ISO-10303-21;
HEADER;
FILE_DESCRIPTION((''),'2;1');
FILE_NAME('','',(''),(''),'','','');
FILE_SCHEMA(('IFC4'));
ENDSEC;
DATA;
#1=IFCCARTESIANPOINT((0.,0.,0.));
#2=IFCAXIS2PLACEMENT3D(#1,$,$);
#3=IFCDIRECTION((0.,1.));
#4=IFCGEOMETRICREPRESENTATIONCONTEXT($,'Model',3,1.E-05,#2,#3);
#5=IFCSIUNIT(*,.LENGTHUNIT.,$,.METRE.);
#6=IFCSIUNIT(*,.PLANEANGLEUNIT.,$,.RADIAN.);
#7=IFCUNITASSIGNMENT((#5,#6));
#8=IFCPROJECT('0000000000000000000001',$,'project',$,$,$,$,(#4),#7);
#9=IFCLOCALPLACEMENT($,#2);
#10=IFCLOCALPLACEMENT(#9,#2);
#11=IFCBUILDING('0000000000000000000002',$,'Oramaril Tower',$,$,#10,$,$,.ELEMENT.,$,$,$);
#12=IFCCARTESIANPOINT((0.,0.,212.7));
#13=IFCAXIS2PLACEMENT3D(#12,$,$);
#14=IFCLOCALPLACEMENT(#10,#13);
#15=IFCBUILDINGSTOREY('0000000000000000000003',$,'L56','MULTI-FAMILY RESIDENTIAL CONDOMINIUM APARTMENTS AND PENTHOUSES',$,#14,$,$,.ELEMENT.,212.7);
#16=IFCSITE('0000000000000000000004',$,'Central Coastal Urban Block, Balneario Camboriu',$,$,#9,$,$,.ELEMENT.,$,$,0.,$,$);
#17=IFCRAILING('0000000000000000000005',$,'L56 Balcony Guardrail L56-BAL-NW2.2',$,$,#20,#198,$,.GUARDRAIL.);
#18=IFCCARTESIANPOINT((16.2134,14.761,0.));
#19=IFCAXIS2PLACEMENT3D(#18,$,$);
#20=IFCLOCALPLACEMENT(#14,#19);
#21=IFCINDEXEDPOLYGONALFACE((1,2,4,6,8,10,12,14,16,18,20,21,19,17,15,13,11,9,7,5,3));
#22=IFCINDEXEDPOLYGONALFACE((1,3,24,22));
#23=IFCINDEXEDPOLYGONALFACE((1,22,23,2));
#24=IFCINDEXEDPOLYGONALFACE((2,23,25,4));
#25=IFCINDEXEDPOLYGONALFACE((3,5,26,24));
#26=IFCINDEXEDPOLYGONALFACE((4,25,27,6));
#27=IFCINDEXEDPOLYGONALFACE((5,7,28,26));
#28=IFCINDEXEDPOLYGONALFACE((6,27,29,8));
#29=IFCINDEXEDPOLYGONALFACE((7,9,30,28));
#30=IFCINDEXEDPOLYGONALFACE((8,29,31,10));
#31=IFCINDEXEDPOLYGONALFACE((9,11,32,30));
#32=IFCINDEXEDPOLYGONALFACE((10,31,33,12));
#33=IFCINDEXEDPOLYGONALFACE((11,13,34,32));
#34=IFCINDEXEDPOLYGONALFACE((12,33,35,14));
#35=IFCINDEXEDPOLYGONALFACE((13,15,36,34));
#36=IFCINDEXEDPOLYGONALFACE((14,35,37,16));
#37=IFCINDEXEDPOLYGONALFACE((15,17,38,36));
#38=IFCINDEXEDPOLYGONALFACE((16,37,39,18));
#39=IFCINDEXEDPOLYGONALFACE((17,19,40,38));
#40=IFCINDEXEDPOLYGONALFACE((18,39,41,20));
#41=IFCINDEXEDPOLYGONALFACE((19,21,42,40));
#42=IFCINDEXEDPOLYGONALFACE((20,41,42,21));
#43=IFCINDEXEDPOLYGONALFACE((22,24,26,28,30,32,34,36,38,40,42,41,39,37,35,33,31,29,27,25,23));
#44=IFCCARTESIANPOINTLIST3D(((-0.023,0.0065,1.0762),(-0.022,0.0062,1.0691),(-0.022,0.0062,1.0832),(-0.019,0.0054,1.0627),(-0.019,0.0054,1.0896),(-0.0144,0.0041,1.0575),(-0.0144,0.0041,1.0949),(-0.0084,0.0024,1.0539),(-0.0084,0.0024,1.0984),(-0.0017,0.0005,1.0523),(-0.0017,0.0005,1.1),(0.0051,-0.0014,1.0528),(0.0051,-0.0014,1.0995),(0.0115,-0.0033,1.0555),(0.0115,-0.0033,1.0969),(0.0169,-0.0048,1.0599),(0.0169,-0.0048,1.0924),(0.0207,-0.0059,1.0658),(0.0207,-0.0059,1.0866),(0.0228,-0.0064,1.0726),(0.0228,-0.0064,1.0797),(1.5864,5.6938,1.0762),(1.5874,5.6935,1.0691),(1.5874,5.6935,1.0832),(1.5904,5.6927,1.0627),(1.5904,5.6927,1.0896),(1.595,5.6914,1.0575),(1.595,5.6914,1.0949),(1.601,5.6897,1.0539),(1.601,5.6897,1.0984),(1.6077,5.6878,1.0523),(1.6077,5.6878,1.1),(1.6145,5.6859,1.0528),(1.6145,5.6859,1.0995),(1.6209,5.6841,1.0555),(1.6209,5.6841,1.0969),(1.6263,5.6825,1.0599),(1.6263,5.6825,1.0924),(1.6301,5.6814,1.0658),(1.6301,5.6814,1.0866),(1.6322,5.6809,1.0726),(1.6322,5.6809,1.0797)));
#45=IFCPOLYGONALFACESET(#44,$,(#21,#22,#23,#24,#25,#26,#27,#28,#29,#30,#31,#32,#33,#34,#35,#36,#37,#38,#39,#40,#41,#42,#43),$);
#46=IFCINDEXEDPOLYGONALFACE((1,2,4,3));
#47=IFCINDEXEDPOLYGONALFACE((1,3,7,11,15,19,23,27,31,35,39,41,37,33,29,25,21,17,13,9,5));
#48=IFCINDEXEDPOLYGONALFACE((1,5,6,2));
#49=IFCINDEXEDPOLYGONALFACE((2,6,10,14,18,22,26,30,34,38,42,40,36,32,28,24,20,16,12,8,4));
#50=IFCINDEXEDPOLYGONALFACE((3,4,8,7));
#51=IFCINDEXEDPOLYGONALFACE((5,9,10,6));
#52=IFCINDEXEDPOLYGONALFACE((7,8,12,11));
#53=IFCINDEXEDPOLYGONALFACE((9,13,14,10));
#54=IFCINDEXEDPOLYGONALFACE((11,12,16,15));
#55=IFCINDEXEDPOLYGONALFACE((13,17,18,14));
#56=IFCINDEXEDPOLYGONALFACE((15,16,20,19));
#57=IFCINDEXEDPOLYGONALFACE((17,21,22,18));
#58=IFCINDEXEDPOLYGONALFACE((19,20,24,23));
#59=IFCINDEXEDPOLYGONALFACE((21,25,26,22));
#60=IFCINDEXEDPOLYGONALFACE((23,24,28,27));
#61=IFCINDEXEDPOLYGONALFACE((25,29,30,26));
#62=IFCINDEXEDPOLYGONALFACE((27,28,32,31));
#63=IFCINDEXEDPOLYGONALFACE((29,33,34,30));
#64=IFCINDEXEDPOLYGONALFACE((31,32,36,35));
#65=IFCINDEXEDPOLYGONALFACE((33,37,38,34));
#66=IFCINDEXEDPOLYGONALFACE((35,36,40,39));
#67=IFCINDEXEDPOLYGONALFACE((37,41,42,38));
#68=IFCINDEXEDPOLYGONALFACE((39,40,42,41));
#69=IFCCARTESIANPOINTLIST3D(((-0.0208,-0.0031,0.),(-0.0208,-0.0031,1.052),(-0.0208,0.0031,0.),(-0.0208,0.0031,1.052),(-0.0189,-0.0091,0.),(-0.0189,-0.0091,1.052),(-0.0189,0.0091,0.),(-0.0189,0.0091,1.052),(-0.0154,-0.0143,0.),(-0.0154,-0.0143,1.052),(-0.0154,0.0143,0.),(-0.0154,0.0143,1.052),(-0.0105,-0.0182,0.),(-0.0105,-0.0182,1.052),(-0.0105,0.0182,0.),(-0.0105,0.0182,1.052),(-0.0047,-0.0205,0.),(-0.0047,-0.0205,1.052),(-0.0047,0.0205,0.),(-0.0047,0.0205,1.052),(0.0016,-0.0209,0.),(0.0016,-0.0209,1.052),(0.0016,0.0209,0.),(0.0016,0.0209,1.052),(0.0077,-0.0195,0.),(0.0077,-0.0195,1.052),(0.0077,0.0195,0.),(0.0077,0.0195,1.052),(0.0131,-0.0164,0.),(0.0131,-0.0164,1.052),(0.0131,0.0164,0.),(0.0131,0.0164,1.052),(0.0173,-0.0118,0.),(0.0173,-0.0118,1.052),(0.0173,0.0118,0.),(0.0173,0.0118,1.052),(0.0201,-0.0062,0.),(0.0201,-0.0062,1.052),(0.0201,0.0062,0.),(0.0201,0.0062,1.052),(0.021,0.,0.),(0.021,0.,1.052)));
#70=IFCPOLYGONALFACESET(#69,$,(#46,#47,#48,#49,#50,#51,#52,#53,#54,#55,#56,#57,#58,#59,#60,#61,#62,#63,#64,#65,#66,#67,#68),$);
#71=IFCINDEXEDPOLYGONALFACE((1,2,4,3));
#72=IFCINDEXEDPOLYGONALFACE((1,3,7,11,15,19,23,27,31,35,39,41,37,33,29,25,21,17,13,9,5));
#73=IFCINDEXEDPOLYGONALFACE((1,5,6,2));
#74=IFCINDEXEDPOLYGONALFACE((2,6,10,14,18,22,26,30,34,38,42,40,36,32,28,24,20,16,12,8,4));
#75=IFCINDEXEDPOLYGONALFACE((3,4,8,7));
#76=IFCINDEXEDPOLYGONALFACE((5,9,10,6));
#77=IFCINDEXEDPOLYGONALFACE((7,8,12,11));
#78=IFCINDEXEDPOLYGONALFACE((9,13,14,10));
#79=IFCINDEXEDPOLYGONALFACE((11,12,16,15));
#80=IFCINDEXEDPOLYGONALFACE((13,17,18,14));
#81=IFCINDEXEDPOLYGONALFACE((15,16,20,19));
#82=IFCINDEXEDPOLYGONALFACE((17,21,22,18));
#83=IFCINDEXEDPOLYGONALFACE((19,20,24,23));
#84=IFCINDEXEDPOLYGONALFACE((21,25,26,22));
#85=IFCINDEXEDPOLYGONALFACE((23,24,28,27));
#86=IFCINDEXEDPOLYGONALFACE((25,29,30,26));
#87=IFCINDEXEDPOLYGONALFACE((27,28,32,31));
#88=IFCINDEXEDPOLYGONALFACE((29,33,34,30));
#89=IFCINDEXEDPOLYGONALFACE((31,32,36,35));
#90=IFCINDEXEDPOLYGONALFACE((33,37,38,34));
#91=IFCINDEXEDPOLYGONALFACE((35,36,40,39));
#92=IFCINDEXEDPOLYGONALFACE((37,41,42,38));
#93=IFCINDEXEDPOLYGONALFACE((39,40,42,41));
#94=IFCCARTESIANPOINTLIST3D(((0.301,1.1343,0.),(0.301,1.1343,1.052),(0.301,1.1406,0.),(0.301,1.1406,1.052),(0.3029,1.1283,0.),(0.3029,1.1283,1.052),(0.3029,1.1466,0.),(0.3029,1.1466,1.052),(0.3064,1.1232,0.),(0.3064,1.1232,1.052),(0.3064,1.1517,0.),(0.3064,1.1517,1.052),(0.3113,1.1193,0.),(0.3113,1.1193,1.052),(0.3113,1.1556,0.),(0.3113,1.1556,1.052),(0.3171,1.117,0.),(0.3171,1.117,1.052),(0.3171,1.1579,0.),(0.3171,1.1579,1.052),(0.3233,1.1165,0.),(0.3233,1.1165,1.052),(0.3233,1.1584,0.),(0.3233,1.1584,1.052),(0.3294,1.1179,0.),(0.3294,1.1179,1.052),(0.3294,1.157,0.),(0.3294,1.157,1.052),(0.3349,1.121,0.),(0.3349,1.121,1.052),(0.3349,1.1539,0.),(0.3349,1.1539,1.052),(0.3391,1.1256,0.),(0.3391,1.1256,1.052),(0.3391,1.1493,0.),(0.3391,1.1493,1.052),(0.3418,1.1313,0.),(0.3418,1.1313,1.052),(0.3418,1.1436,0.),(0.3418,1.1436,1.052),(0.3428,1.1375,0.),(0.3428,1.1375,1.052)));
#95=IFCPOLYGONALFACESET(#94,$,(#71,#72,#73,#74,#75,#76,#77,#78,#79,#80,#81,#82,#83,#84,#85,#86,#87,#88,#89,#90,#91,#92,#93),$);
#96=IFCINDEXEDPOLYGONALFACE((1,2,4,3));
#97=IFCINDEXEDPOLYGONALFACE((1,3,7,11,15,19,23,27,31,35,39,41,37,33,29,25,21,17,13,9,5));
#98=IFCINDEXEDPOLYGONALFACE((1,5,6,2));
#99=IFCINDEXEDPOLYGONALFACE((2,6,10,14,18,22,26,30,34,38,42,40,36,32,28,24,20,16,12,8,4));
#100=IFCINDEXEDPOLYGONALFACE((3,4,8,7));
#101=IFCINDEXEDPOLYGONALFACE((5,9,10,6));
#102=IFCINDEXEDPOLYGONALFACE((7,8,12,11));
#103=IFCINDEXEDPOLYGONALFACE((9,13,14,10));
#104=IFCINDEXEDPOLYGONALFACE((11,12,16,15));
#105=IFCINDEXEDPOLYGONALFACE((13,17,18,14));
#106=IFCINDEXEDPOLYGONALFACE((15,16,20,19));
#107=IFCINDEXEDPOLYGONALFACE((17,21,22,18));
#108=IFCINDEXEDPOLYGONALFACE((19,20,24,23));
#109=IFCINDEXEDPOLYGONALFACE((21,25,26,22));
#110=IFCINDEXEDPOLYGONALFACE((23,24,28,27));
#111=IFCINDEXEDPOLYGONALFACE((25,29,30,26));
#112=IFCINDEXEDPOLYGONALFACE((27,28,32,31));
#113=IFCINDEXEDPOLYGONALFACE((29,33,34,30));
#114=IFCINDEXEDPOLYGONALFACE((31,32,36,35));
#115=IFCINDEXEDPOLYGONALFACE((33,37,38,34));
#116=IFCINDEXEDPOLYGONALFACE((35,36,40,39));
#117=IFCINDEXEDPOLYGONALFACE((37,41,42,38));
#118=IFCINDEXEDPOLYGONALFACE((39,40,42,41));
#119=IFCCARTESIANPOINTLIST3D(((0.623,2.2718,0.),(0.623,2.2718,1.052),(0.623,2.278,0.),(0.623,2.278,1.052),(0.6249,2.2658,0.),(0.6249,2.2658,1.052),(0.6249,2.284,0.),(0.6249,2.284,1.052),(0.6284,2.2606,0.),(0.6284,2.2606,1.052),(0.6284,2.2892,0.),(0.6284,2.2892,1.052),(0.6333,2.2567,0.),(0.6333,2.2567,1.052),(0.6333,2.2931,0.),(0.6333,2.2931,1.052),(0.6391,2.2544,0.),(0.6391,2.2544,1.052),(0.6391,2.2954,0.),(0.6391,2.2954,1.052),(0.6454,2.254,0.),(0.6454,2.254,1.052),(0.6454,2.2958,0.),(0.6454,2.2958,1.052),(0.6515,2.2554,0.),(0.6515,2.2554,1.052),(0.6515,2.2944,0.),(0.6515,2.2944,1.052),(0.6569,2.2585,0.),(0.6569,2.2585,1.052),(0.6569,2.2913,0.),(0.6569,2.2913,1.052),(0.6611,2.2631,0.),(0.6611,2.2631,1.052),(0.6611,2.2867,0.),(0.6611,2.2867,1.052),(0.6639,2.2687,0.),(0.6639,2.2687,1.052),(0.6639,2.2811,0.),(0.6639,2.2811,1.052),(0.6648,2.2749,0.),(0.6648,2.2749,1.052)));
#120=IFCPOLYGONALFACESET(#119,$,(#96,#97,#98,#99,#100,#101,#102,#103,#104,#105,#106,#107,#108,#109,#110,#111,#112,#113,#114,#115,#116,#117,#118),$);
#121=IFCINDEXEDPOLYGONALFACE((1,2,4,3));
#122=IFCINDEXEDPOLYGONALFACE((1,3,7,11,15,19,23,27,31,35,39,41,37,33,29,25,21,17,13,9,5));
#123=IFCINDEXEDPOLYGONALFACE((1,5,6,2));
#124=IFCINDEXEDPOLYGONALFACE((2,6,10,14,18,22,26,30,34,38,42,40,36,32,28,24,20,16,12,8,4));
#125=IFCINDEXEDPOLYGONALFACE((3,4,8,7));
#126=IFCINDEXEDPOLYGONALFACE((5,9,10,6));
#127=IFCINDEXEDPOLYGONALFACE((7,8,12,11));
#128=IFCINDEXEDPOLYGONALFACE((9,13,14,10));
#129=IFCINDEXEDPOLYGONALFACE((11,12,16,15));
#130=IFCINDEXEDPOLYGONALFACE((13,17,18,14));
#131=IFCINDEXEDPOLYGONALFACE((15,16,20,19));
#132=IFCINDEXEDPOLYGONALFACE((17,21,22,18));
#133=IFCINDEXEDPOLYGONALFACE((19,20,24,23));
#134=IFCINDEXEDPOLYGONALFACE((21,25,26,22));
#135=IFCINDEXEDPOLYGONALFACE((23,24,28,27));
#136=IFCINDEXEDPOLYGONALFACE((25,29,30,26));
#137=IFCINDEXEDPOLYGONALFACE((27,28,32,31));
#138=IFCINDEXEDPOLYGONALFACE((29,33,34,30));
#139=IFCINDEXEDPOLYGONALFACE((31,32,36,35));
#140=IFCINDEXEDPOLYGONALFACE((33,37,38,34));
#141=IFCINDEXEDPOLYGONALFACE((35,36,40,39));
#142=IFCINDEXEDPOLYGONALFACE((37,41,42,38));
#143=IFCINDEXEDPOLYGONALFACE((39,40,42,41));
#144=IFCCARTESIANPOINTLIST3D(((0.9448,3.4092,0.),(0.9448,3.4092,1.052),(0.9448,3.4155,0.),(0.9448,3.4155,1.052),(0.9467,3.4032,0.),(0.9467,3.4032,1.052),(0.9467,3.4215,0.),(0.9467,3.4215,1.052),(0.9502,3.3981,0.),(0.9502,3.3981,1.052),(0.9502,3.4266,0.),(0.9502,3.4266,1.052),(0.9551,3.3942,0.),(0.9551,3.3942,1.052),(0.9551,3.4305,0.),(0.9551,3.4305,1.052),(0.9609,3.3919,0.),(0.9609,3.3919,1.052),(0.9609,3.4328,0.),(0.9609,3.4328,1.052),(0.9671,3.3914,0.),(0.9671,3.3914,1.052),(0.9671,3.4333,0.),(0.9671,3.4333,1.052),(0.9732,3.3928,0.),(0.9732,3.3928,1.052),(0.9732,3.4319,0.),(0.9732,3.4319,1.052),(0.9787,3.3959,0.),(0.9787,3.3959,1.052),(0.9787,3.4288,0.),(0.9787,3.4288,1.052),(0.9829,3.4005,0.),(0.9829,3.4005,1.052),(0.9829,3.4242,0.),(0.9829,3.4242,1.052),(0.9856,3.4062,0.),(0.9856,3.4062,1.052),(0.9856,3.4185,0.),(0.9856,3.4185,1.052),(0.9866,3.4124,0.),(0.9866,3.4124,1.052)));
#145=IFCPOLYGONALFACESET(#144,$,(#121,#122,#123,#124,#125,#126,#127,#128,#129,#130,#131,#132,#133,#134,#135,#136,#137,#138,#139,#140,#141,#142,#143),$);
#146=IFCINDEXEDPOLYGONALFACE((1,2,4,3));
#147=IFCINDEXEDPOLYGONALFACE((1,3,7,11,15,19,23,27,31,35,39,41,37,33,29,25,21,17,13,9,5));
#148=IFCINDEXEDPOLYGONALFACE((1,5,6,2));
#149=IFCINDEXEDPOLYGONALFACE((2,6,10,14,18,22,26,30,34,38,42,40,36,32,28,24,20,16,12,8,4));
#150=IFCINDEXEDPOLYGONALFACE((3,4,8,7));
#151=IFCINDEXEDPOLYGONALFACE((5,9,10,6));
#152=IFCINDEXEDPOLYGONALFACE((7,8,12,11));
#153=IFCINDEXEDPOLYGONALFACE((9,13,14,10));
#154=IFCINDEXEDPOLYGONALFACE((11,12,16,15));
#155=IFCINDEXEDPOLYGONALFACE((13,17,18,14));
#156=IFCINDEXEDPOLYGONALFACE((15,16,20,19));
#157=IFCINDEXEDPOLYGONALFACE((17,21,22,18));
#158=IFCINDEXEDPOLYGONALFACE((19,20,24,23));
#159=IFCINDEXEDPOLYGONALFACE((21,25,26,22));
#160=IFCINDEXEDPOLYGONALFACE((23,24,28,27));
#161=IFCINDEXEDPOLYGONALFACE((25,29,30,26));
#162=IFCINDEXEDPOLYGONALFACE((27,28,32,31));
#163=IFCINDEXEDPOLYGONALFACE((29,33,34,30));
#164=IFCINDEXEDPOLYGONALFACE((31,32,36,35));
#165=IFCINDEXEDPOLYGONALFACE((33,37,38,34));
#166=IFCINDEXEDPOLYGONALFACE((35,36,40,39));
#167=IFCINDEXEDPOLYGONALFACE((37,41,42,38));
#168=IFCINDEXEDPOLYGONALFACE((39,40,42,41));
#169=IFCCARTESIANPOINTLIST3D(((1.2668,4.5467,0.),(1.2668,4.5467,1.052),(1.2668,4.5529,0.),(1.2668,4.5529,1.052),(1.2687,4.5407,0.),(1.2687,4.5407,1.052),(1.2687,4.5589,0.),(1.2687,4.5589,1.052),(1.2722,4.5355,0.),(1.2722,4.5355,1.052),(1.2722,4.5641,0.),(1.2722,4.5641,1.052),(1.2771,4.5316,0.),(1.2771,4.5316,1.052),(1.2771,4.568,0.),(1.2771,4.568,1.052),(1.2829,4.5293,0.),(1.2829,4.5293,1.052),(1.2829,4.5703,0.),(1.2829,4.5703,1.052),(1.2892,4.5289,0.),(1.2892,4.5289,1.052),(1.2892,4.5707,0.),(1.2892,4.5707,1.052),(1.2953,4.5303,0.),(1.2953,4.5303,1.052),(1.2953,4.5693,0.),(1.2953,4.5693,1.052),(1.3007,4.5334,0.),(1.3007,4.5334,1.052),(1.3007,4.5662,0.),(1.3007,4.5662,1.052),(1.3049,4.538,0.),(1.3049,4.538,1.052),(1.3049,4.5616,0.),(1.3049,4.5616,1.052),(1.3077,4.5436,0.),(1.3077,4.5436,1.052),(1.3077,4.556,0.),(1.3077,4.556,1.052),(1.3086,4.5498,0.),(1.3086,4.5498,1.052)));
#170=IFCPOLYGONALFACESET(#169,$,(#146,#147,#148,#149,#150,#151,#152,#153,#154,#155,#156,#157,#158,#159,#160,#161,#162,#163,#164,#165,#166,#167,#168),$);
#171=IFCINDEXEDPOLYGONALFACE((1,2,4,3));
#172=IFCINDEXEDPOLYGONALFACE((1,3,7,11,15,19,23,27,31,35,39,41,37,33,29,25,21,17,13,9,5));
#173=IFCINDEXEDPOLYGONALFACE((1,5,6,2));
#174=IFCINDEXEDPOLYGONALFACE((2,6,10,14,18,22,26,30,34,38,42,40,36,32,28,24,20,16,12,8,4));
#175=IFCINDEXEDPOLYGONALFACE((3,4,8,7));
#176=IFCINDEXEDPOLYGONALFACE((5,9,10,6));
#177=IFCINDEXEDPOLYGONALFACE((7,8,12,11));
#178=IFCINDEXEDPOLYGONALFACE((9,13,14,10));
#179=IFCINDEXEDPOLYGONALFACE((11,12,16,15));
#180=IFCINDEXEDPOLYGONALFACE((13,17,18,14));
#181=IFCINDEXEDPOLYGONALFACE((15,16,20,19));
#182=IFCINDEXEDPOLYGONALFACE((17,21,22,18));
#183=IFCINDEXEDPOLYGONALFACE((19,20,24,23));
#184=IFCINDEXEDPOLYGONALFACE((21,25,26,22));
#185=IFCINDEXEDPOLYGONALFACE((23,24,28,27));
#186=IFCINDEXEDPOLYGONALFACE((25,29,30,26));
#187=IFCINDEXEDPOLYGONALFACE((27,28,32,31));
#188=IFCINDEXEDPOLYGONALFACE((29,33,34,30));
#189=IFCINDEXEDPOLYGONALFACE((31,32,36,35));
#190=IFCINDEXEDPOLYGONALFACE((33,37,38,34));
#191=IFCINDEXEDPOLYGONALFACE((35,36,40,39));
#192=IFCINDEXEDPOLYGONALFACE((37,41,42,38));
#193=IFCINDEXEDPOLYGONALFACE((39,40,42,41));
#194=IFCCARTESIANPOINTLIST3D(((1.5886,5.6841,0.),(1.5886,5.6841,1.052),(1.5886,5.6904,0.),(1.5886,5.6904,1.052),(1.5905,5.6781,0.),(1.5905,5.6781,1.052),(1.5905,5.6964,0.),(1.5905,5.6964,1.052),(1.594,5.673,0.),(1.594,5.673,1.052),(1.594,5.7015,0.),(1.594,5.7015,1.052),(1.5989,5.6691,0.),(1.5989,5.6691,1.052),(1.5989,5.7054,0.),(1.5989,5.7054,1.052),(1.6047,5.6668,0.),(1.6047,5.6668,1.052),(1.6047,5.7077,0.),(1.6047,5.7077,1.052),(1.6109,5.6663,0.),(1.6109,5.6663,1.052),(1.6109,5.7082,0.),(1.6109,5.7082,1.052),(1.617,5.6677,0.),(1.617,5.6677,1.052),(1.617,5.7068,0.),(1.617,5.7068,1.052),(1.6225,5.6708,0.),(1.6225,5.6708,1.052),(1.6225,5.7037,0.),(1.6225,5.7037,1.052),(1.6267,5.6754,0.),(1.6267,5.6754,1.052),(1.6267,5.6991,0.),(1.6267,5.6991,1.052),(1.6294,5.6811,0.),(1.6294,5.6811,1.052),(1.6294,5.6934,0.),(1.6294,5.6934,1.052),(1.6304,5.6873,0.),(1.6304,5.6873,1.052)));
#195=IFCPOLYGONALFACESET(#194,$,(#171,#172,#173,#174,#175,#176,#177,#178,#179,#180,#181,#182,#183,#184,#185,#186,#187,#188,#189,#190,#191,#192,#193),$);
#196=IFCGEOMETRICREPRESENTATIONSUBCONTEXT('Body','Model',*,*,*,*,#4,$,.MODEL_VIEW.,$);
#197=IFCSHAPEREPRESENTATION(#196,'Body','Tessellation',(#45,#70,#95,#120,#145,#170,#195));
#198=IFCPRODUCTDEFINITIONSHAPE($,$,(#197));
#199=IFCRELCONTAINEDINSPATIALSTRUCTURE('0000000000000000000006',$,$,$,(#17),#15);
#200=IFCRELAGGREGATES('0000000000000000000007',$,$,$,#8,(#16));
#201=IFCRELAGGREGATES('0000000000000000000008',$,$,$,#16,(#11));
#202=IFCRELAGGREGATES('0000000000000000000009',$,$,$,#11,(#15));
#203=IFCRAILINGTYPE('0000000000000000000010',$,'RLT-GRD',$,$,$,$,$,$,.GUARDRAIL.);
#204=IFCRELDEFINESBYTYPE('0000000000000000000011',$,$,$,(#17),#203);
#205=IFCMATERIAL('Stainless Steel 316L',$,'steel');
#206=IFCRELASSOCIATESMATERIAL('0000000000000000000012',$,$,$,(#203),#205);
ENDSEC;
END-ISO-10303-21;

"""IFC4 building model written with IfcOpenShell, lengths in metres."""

from ifc_helpers import new_model, si_unit, direction, frame, origin, origin_2d, place, context, subcontext, project, spatial, circle, extrude, material, type_object, element, save


model = new_model("IFC4")

# Units and contexts
model_context = context("Model", 3, precision=1e-05, world=origin(), true_north=direction((0.0, 1.0)))
body_context = subcontext(model_context, "Body", "Model", "MODEL_VIEW")
ifc_project = project(units=[si_unit("LENGTHUNIT", "METRE"), si_unit("PLANEANGLEUNIT", "RADIAN")], contexts=[model_context])

# Site, building, storey
site_placement = place(None, origin())
site = spatial("IfcSite", under=ifc_project, at=site_placement, Name="Central Coastal Urban Block, Balneario Camboriu", CompositionType="ELEMENT", RefElevation=0.0)
building_placement = place(site_placement, origin())
building = spatial("IfcBuilding", under=site, at=building_placement, Name="Oramaril Tower", CompositionType="ELEMENT")
storey_placement = place(building_placement, frame((0.0, 0.0, 212.7)))
storey = spatial("IfcBuildingStorey", under=building, at=storey_placement, Name="L56", Description="MULTI-FAMILY RESIDENTIAL CONDOMINIUM APARTMENTS AND PENTHOUSES", CompositionType="ELEMENT", Elevation=212.7)

# Railing
ifc_material_1 = material(Name="Stainless Steel 316L", Category="steel")
railing_type = type_object("IfcRailingType", Name="RLT-GRD", PredefinedType="GUARDRAIL", material=ifc_material_1)
railing_1_placement = place(storey_placement, frame((16.2134, 14.761, 0.0)))
element("IfcRailing", 1, at=railing_1_placement, inside=storey, type_object=railing_type, Name="L56 Balcony Guardrail L56-BAL-NW2.2", PredefinedType="GUARDRAIL", context=body_context, shape_type="SweptSolid", body=[
    extrude(circle(Radius=0.0239, at=origin_2d()), frame((0.0, 0.0, 1.0762), z_axis=(0.272287, 0.962216, 0.0), x_axis=(-0.962216, 0.272287, 0.0)), (0.0, 0.0, 1.0), 5.9106),
    extrude(circle(Radius=0.021, at=origin_2d()), origin(), (0.0, 0.0, 1.0), 1.052),
    extrude(circle(Radius=0.021, at=origin_2d()), frame((0.3218, 1.1375, 0.0)), (0.0, 0.0, 1.0), 1.052),
    extrude(circle(Radius=0.021, at=origin_2d()), frame((0.6438, 2.2749, 0.0)), (0.0, 0.0, 1.0), 1.052),
    extrude(circle(Radius=0.021, at=origin_2d()), frame((0.9656, 3.4124, 0.0)), (0.0, 0.0, 1.0), 1.052),
    extrude(circle(Radius=0.021, at=origin_2d()), frame((1.2876, 4.5498, 0.0)), (0.0, 0.0, 1.0), 1.052),
    extrude(circle(Radius=0.021, at=origin_2d()), frame((1.6094, 5.6873, 0.0)), (0.0, 0.0, 1.0), 1.052),
])

save(model, "model.ifc")
